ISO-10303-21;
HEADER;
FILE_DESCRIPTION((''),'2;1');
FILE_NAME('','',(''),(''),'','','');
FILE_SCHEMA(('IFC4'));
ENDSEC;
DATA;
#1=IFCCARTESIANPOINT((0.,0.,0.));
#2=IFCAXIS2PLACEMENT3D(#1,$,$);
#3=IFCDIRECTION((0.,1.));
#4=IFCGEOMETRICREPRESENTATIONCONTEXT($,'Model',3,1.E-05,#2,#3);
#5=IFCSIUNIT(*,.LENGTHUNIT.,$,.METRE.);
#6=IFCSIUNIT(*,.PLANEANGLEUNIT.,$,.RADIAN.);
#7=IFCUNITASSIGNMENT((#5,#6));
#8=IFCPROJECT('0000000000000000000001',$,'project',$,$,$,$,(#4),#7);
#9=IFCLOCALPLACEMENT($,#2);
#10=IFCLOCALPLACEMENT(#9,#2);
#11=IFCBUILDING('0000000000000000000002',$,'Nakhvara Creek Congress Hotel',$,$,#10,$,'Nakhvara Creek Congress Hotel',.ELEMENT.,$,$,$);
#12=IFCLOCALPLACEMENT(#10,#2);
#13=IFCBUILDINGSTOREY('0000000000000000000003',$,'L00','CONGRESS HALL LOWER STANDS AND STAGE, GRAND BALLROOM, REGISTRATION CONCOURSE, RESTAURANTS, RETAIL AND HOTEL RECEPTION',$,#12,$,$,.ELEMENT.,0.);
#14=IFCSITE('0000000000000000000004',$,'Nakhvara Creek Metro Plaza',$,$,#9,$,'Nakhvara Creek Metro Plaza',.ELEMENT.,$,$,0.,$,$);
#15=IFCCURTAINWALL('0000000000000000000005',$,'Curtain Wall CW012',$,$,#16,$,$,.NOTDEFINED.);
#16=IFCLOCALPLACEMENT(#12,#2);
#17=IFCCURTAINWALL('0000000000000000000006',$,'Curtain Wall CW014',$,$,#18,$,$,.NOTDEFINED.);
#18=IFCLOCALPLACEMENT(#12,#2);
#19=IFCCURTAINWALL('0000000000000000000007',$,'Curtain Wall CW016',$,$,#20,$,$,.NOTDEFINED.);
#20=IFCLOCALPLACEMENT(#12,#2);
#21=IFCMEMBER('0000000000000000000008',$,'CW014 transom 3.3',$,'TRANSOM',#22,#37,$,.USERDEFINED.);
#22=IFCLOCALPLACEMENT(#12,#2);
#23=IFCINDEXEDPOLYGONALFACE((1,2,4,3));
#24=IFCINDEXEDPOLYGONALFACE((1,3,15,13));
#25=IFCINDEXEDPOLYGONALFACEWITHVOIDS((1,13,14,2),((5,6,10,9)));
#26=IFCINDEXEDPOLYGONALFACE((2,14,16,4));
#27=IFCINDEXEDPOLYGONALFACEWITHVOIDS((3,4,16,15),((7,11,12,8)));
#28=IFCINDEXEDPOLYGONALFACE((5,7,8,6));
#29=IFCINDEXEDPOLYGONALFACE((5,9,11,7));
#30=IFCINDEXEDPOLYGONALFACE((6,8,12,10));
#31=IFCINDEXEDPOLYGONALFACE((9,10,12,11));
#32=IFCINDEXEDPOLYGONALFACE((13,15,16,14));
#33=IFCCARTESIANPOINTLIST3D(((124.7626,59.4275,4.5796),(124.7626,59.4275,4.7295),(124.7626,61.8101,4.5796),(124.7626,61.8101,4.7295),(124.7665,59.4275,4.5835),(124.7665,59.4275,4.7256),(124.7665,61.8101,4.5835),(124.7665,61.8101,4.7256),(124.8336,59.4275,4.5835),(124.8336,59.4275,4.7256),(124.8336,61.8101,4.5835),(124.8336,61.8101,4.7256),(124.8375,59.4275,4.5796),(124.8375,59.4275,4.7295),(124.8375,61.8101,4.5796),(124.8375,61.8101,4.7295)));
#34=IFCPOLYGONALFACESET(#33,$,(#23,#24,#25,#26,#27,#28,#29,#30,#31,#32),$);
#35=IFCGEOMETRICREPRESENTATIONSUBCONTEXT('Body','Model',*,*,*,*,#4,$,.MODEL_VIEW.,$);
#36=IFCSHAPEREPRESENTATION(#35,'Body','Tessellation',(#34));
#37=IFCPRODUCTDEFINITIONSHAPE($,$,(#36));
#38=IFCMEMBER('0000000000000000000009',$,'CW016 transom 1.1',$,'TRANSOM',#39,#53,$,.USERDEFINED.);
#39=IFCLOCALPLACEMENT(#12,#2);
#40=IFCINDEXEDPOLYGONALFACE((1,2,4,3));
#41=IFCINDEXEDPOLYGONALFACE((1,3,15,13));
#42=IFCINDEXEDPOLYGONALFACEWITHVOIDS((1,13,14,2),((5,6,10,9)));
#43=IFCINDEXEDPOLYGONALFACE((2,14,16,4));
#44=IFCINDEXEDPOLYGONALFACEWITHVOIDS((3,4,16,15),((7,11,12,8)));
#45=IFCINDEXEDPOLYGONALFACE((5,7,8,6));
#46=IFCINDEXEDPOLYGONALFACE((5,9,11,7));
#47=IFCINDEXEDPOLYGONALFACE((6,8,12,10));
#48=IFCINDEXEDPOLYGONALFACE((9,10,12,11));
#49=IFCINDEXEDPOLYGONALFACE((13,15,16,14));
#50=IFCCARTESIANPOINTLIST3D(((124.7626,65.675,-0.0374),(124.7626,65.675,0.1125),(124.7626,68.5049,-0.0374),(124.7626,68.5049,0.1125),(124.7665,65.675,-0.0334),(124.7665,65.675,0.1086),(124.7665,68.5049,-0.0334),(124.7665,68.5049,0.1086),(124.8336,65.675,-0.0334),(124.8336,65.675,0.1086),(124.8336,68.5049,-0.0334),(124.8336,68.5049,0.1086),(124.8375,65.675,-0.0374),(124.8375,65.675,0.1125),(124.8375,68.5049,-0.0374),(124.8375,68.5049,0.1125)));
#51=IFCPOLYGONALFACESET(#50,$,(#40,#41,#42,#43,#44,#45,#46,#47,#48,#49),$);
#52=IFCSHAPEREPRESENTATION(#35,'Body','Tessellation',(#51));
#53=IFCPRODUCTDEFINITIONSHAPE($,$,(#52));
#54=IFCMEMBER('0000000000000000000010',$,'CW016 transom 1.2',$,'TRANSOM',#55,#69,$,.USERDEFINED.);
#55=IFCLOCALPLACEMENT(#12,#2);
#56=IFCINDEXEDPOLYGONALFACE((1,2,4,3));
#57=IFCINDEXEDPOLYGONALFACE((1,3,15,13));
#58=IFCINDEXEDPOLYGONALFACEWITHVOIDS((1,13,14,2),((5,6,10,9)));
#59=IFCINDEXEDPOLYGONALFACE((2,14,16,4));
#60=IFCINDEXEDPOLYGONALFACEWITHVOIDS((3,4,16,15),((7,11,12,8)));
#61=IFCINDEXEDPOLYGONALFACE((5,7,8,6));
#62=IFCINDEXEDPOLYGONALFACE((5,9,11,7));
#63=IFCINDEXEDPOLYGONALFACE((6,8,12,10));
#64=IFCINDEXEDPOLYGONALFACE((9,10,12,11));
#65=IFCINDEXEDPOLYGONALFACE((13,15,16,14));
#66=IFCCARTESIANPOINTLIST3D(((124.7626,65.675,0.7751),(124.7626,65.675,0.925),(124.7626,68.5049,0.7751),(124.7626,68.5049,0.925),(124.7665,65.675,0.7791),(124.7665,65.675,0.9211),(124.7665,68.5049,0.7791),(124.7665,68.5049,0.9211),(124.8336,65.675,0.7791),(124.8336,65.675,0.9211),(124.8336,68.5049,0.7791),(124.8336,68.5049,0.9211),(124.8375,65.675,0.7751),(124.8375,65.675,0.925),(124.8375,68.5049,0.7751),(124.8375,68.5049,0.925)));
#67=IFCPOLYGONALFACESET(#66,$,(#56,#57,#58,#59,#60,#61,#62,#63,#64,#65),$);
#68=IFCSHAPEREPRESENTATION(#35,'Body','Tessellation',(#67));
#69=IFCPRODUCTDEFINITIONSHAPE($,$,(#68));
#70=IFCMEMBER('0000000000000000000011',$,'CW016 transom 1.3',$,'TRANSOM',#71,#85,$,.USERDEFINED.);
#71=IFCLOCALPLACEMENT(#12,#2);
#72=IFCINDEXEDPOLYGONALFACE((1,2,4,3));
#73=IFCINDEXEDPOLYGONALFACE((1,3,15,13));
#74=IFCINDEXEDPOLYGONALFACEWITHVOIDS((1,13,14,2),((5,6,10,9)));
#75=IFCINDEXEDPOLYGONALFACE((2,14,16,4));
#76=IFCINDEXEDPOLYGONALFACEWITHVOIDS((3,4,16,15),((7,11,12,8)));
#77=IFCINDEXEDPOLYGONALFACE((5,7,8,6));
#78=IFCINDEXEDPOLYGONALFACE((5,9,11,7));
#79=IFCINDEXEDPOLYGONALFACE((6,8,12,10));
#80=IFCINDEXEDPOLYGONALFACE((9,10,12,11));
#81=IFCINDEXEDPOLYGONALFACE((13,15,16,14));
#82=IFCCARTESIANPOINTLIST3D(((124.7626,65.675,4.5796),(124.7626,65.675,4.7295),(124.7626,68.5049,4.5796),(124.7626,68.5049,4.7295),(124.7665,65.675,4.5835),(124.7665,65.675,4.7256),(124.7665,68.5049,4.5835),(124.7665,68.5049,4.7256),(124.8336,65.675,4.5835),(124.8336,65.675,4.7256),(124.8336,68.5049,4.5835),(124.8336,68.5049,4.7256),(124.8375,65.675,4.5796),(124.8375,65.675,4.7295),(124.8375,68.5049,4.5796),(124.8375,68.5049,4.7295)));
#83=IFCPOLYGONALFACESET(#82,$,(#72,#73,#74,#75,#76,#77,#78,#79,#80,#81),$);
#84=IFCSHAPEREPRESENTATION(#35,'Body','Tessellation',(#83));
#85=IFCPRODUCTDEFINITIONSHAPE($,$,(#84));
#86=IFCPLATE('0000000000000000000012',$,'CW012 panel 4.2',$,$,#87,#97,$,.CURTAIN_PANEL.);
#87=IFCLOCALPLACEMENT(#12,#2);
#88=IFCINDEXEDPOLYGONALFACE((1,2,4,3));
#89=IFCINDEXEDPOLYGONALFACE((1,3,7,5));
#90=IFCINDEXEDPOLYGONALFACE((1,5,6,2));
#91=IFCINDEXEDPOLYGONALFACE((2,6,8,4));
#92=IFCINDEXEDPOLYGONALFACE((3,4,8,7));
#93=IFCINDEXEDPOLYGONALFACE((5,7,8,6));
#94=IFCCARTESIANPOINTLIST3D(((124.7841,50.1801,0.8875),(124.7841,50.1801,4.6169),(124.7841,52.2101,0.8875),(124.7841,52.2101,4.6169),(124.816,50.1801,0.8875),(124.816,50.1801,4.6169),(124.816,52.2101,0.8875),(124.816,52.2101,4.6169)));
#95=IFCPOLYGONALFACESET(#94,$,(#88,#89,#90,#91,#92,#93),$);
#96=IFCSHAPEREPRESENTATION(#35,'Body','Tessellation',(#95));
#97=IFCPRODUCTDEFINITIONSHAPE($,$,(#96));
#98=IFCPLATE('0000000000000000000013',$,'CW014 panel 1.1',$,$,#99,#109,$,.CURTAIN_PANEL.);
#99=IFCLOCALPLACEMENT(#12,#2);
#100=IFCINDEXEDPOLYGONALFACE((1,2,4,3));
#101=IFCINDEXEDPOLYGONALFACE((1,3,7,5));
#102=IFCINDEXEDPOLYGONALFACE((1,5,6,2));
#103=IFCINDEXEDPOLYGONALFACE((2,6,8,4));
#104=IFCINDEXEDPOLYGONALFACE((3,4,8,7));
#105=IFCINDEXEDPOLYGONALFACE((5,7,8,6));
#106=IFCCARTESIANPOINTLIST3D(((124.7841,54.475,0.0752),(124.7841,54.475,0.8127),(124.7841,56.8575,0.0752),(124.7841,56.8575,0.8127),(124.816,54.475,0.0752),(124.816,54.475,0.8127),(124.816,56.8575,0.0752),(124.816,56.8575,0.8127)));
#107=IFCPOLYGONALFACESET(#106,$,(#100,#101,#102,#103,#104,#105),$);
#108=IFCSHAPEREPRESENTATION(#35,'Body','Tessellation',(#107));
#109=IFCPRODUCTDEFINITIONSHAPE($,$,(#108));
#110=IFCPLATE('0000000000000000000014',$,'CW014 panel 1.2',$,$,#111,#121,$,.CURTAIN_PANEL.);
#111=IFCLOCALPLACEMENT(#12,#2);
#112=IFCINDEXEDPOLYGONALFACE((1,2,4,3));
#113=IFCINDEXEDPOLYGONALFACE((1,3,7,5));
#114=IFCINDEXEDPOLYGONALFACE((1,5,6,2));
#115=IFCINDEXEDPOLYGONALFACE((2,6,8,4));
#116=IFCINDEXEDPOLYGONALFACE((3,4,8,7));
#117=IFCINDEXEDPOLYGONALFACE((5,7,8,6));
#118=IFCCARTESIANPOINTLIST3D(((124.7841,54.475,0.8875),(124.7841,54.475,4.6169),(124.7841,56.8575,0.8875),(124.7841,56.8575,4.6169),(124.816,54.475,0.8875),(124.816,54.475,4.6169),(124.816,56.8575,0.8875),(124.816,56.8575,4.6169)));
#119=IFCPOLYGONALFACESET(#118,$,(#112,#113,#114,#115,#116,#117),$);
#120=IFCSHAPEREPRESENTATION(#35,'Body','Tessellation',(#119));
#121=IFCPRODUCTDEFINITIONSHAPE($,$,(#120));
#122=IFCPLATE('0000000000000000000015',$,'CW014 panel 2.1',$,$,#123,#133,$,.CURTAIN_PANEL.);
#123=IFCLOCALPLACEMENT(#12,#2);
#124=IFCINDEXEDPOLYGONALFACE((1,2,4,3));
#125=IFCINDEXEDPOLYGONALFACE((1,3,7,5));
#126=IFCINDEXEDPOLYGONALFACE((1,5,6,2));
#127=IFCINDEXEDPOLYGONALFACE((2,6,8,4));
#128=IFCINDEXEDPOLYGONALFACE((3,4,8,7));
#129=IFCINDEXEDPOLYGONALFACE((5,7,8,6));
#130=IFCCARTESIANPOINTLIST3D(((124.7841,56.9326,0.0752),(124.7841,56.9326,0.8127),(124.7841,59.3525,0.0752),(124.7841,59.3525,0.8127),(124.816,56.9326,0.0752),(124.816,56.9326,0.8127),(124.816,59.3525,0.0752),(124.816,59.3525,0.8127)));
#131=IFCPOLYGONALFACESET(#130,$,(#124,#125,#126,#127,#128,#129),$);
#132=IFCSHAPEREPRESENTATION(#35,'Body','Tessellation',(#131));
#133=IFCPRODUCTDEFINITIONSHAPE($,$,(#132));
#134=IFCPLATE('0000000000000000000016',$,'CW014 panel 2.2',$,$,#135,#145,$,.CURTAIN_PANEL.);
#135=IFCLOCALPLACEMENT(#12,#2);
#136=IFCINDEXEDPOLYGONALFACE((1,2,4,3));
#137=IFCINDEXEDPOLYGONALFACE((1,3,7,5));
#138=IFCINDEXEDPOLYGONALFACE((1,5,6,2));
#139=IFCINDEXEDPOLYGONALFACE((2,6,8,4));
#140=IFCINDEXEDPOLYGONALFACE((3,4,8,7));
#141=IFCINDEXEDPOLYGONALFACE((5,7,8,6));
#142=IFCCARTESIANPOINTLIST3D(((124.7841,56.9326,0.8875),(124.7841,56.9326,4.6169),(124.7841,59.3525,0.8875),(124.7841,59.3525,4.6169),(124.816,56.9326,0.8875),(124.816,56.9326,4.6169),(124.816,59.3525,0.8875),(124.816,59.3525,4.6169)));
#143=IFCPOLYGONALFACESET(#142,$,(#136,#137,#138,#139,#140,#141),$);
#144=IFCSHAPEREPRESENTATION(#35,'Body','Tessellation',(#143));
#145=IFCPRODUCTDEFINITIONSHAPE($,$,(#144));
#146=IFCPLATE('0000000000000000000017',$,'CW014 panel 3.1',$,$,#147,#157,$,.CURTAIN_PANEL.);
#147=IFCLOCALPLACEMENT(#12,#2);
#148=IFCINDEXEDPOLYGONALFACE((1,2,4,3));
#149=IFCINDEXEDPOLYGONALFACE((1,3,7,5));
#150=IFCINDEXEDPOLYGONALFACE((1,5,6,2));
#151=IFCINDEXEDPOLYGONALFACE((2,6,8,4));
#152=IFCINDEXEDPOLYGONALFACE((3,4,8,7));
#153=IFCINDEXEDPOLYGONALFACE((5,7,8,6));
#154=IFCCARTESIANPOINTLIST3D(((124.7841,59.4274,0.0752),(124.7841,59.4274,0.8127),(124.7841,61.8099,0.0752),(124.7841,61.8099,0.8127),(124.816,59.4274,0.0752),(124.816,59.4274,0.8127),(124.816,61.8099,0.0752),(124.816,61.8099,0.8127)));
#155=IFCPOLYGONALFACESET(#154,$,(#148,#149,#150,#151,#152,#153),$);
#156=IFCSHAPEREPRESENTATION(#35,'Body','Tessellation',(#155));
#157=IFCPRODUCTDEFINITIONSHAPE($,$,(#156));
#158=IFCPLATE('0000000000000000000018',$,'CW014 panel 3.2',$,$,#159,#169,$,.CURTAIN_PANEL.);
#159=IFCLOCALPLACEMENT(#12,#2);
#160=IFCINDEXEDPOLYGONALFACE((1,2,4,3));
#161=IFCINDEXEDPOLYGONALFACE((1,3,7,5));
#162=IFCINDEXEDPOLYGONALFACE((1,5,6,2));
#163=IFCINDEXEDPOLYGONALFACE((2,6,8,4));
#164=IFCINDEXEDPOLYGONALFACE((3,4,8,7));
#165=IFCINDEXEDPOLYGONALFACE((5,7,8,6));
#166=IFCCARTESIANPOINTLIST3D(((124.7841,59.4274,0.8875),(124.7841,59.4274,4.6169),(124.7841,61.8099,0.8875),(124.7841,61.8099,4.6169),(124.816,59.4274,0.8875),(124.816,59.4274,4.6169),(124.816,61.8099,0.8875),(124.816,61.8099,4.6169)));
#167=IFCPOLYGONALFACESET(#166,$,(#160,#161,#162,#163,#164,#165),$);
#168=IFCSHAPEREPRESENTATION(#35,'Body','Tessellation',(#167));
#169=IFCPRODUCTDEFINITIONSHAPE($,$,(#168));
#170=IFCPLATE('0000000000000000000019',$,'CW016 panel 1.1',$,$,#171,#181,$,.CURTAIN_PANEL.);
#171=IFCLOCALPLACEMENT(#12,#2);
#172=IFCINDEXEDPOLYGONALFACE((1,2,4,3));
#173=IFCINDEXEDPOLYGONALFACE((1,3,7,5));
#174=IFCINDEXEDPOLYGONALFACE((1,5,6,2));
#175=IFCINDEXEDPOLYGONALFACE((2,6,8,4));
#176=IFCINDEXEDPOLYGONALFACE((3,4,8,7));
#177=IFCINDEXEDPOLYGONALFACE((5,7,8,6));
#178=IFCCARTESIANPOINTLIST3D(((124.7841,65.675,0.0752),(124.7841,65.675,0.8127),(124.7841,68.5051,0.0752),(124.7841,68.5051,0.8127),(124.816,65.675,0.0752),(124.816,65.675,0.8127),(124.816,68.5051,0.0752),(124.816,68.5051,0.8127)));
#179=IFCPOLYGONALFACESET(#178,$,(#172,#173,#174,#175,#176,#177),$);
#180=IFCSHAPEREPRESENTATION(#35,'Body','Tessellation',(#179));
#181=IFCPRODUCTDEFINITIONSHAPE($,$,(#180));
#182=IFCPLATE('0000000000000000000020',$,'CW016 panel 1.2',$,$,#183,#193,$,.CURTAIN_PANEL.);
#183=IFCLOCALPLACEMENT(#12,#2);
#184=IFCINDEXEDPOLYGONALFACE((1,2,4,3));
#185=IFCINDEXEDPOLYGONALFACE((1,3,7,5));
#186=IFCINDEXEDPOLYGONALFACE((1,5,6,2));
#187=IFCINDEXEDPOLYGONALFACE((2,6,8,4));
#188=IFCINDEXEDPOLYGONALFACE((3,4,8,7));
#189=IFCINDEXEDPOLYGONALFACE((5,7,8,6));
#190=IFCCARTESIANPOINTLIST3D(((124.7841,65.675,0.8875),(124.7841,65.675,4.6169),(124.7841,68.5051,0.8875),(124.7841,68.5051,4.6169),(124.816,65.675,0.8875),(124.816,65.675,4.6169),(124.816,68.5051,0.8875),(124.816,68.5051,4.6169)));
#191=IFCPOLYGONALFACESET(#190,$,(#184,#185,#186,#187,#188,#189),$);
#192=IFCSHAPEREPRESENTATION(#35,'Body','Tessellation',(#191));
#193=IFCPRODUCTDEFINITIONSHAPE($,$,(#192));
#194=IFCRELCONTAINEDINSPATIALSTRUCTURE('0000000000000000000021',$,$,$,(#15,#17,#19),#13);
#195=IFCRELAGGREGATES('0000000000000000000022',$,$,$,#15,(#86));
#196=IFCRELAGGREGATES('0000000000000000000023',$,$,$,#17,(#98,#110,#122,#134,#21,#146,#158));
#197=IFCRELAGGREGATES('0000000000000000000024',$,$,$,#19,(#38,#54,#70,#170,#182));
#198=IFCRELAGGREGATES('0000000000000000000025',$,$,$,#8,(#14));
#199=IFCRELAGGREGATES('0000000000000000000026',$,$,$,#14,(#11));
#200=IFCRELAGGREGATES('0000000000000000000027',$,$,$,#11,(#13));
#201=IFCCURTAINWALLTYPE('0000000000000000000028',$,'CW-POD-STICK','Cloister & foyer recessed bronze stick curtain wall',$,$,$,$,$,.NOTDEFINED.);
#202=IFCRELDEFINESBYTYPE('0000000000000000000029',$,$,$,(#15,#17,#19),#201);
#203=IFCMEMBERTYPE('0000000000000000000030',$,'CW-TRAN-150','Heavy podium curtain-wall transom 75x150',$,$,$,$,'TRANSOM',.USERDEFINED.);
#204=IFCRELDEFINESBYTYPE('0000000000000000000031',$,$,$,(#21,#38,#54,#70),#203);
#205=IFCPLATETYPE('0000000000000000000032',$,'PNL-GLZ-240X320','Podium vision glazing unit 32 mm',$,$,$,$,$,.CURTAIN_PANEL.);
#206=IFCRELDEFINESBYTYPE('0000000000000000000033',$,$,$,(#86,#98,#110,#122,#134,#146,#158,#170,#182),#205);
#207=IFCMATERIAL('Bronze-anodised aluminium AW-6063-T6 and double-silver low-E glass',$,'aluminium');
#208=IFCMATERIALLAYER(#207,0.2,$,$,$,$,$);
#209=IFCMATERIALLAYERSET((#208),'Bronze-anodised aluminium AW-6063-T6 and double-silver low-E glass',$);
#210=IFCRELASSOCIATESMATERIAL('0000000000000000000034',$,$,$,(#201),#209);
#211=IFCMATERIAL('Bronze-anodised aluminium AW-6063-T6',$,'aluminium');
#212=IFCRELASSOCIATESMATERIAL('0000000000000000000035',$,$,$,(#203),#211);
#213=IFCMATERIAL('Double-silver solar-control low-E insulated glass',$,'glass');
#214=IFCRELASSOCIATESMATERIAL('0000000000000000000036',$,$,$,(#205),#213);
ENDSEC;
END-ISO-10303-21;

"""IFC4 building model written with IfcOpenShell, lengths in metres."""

from ifc_helpers import new_model, si_unit, direction, frame, origin, origin_2d, place, context, subcontext, project, spatial, rectangle, hollow_rectangle, extrude, material, layer, layer_set, material_profile, profile_set, type_object, element, aggregate, save


model = new_model("IFC4")

# Units and contexts
model_context = context("Model", 3, precision=1e-05, world=origin(), true_north=direction((0.0, 1.0)))
body_context = subcontext(model_context, "Body", "Model", "MODEL_VIEW")
ifc_project = project(units=[si_unit("LENGTHUNIT", "METRE"), si_unit("PLANEANGLEUNIT", "RADIAN")], contexts=[model_context])

# Site, building, storey
site_placement = place(None, origin())
site = spatial("IfcSite", under=ifc_project, at=site_placement, Name="Nakhvara Creek Metro Plaza", LongName="Nakhvara Creek Metro Plaza", CompositionType="ELEMENT", RefElevation=0.0)
building_placement = place(site_placement, origin())
building = spatial("IfcBuilding", under=site, at=building_placement, Name="Nakhvara Creek Congress Hotel", LongName="Nakhvara Creek Congress Hotel", CompositionType="ELEMENT")
storey_placement = place(building_placement, origin())
storey = spatial("IfcBuildingStorey", under=building, at=storey_placement, Name="L00", Description="CONGRESS HALL LOWER STANDS AND STAGE, GRAND BALLROOM, REGISTRATION CONCOURSE, RESTAURANTS, RETAIL AND HOTEL RECEPTION", CompositionType="ELEMENT", Elevation=0.0)

# Curtain wall
ifc_material_1 = material(Name="Bronze-anodised aluminium AW-6063-T6 and double-silver low-E glass", Category="aluminium")
ifc_layer = layer(ifc_material_1, 0.2)
ifc_layer_set = layer_set([ifc_layer], Name="Bronze-anodised aluminium AW-6063-T6 and double-silver low-E glass")
curtain_wall_type = type_object("IfcCurtainWallType", Name="CW-POD-STICK", Description="Cloister & foyer recessed bronze stick curtain wall", PredefinedType="NOTDEFINED", material=ifc_layer_set)
curtain_wall_1_placement = place(storey_placement, origin())
curtain_wall_1 = element("IfcCurtainWall", 1, at=curtain_wall_1_placement, inside=storey, type_object=curtain_wall_type, Name="Curtain Wall CW012", PredefinedType="NOTDEFINED")
ifc_material_2 = material(Name="Bronze-anodised aluminium AW-6063-T6", Category="aluminium")

# Curtain wall
curtain_wall_2_placement = place(storey_placement, origin())
curtain_wall_2 = element("IfcCurtainWall", 2, at=curtain_wall_2_placement, inside=storey, type_object=curtain_wall_type, Name="Curtain Wall CW014", PredefinedType="NOTDEFINED")

# Curtain wall
curtain_wall_3_placement = place(storey_placement, origin())
curtain_wall_3 = element("IfcCurtainWall", 3, at=curtain_wall_3_placement, inside=storey, type_object=curtain_wall_type, Name="Curtain Wall CW016", PredefinedType="NOTDEFINED")

# Members
ifc_material_profile_1 = material_profile(ifc_material_2, hollow_rectangle(XDim=0.075, YDim=0.1499, WallThickness=0.0039, at=origin_2d()), Name="ALU-TRAN 75x150x4", Category="LoadBearing")
ifc_profile_set_1 = profile_set([ifc_material_profile_1], Name="Bronze-anodised aluminium AW-6063-T6")
member_type_1 = type_object("IfcMemberType", Name="CW-TRAN-150", Description="Heavy podium curtain-wall transom 75x150", ElementType="TRANSOM", PredefinedType="USERDEFINED", material=ifc_profile_set_1)
member_1_placement = place(storey_placement, frame((124.8, 59.4275, 4.6545), z_axis=(0.0, 1.0, 0.0), x_axis=(-1.0, 0.0, 0.0)))
member_1 = element("IfcMember", 4, at=member_1_placement, type_object=member_type_1, Name="CW014 transom 3.3", ObjectType="TRANSOM", PredefinedType="USERDEFINED", context=body_context, shape_type="SweptSolid", body=[
    extrude(hollow_rectangle(XDim=0.075, YDim=0.1499, WallThickness=0.0039, at=origin_2d()), origin(), (0.0, 0.0, 1.0), 2.3826),
])
member_2_placement = place(storey_placement, frame((124.8, 65.675, 0.0376), z_axis=(0.0, 1.0, 0.0), x_axis=(-1.0, 0.0, 0.0)))
member_2 = element("IfcMember", 5, at=member_2_placement, type_object=member_type_1, Name="CW016 transom 1.1", ObjectType="TRANSOM", PredefinedType="USERDEFINED", context=body_context, shape_type="SweptSolid", body=[
    extrude(hollow_rectangle(XDim=0.075, YDim=0.1499, WallThickness=0.0039, at=origin_2d()), origin(), (0.0, 0.0, 1.0), 2.8298),
])
member_3_placement = place(storey_placement, frame((124.8, 65.675, 0.8501), z_axis=(0.0, 1.0, 0.0), x_axis=(-1.0, 0.0, 0.0)))
member_3 = element("IfcMember", 6, at=member_3_placement, type_object=member_type_1, Name="CW016 transom 1.2", ObjectType="TRANSOM", PredefinedType="USERDEFINED", context=body_context, shape_type="SweptSolid", body=[
    extrude(hollow_rectangle(XDim=0.075, YDim=0.1499, WallThickness=0.0039, at=origin_2d()), origin(), (0.0, 0.0, 1.0), 2.8298),
])
member_4_placement = place(storey_placement, frame((124.8, 65.675, 4.6545), z_axis=(0.0, 1.0, 0.0), x_axis=(-1.0, 0.0, 0.0)))
member_4 = element("IfcMember", 7, at=member_4_placement, type_object=member_type_1, Name="CW016 transom 1.3", ObjectType="TRANSOM", PredefinedType="USERDEFINED", context=body_context, shape_type="SweptSolid", body=[
    extrude(hollow_rectangle(XDim=0.075, YDim=0.1499, WallThickness=0.0039, at=origin_2d()), origin(), (0.0, 0.0, 1.0), 2.8298),
])

# Plates
ifc_material_3 = material(Name="Double-silver solar-control low-E insulated glass", Category="glass")
plate_type = type_object("IfcPlateType", Name="PNL-GLZ-240X320", Description="Podium vision glazing unit 32 mm", PredefinedType="CURTAIN_PANEL", material=ifc_material_3)
plate_1_placement = place(storey_placement, frame((124.8, 51.1951, 0.8875), z_axis=(0.0, 0.0, 1.0), x_axis=(0.0, 1.0, 0.0)))
plate_1 = element("IfcPlate", 8, at=plate_1_placement, type_object=plate_type, Name="CW012 panel 4.2", PredefinedType="CURTAIN_PANEL", context=body_context, shape_type="SweptSolid", body=[
    extrude(rectangle(XDim=2.03, YDim=0.032, at=origin_2d()), origin(), (0.0, 0.0, 1.0), 3.7295),
])
aggregate(curtain_wall_1, [plate_1])
plate_2_placement = place(storey_placement, frame((124.8, 55.6663, 0.0752), z_axis=(0.0, 0.0, 1.0), x_axis=(0.0, 1.0, 0.0)))
plate_2 = element("IfcPlate", 9, at=plate_2_placement, type_object=plate_type, Name="CW014 panel 1.1", PredefinedType="CURTAIN_PANEL", context=body_context, shape_type="SweptSolid", body=[
    extrude(rectangle(XDim=2.3826, YDim=0.032, at=origin_2d()), origin(), (0.0, 0.0, 1.0), 0.7375),
])
plate_3_placement = place(storey_placement, frame((124.8, 55.6663, 0.8875), z_axis=(0.0, 0.0, 1.0), x_axis=(0.0, 1.0, 0.0)))
plate_3 = element("IfcPlate", 10, at=plate_3_placement, type_object=plate_type, Name="CW014 panel 1.2", PredefinedType="CURTAIN_PANEL", context=body_context, shape_type="SweptSolid", body=[
    extrude(rectangle(XDim=2.3826, YDim=0.032, at=origin_2d()), origin(), (0.0, 0.0, 1.0), 3.7295),
])
plate_4_placement = place(storey_placement, frame((124.8, 58.1426, 0.0752), z_axis=(0.0, 0.0, 1.0), x_axis=(0.0, 1.0, 0.0)))
plate_4 = element("IfcPlate", 11, at=plate_4_placement, type_object=plate_type, Name="CW014 panel 2.1", PredefinedType="CURTAIN_PANEL", context=body_context, shape_type="SweptSolid", body=[
    extrude(rectangle(XDim=2.4199, YDim=0.032, at=origin_2d()), origin(), (0.0, 0.0, 1.0), 0.7375),
])
plate_5_placement = place(storey_placement, frame((124.8, 58.1426, 0.8875), z_axis=(0.0, 0.0, 1.0), x_axis=(0.0, 1.0, 0.0)))
plate_5 = element("IfcPlate", 12, at=plate_5_placement, type_object=plate_type, Name="CW014 panel 2.2", PredefinedType="CURTAIN_PANEL", context=body_context, shape_type="SweptSolid", body=[
    extrude(rectangle(XDim=2.4199, YDim=0.032, at=origin_2d()), origin(), (0.0, 0.0, 1.0), 3.7295),
])
plate_6_placement = place(storey_placement, frame((124.8, 60.6187, 0.0752), z_axis=(0.0, 0.0, 1.0), x_axis=(0.0, 1.0, 0.0)))
plate_6 = element("IfcPlate", 13, at=plate_6_placement, type_object=plate_type, Name="CW014 panel 3.1", PredefinedType="CURTAIN_PANEL", context=body_context, shape_type="SweptSolid", body=[
    extrude(rectangle(XDim=2.3826, YDim=0.032, at=origin_2d()), origin(), (0.0, 0.0, 1.0), 0.7375),
])
plate_7_placement = place(storey_placement, frame((124.8, 60.6187, 0.8875), z_axis=(0.0, 0.0, 1.0), x_axis=(0.0, 1.0, 0.0)))
plate_7 = element("IfcPlate", 14, at=plate_7_placement, type_object=plate_type, Name="CW014 panel 3.2", PredefinedType="CURTAIN_PANEL", context=body_context, shape_type="SweptSolid", body=[
    extrude(rectangle(XDim=2.3826, YDim=0.032, at=origin_2d()), origin(), (0.0, 0.0, 1.0), 3.7295),
])
aggregate(curtain_wall_2, [plate_2, plate_3, plate_4, plate_5, member_1, plate_6, plate_7])
plate_8_placement = place(storey_placement, frame((124.8, 67.0901, 0.0752), z_axis=(0.0, 0.0, 1.0), x_axis=(0.0, 1.0, 0.0)))
plate_8 = element("IfcPlate", 15, at=plate_8_placement, type_object=plate_type, Name="CW016 panel 1.1", PredefinedType="CURTAIN_PANEL", context=body_context, shape_type="SweptSolid", body=[
    extrude(rectangle(XDim=2.8301, YDim=0.032, at=origin_2d()), origin(), (0.0, 0.0, 1.0), 0.7375),
])
plate_9_placement = place(storey_placement, frame((124.8, 67.0901, 0.8875), z_axis=(0.0, 0.0, 1.0), x_axis=(0.0, 1.0, 0.0)))
plate_9 = element("IfcPlate", 16, at=plate_9_placement, type_object=plate_type, Name="CW016 panel 1.2", PredefinedType="CURTAIN_PANEL", context=body_context, shape_type="SweptSolid", body=[
    extrude(rectangle(XDim=2.8301, YDim=0.032, at=origin_2d()), origin(), (0.0, 0.0, 1.0), 3.7295),
])
aggregate(curtain_wall_3, [member_2, member_3, member_4, plate_8, plate_9])

save(model, "model.ifc")
